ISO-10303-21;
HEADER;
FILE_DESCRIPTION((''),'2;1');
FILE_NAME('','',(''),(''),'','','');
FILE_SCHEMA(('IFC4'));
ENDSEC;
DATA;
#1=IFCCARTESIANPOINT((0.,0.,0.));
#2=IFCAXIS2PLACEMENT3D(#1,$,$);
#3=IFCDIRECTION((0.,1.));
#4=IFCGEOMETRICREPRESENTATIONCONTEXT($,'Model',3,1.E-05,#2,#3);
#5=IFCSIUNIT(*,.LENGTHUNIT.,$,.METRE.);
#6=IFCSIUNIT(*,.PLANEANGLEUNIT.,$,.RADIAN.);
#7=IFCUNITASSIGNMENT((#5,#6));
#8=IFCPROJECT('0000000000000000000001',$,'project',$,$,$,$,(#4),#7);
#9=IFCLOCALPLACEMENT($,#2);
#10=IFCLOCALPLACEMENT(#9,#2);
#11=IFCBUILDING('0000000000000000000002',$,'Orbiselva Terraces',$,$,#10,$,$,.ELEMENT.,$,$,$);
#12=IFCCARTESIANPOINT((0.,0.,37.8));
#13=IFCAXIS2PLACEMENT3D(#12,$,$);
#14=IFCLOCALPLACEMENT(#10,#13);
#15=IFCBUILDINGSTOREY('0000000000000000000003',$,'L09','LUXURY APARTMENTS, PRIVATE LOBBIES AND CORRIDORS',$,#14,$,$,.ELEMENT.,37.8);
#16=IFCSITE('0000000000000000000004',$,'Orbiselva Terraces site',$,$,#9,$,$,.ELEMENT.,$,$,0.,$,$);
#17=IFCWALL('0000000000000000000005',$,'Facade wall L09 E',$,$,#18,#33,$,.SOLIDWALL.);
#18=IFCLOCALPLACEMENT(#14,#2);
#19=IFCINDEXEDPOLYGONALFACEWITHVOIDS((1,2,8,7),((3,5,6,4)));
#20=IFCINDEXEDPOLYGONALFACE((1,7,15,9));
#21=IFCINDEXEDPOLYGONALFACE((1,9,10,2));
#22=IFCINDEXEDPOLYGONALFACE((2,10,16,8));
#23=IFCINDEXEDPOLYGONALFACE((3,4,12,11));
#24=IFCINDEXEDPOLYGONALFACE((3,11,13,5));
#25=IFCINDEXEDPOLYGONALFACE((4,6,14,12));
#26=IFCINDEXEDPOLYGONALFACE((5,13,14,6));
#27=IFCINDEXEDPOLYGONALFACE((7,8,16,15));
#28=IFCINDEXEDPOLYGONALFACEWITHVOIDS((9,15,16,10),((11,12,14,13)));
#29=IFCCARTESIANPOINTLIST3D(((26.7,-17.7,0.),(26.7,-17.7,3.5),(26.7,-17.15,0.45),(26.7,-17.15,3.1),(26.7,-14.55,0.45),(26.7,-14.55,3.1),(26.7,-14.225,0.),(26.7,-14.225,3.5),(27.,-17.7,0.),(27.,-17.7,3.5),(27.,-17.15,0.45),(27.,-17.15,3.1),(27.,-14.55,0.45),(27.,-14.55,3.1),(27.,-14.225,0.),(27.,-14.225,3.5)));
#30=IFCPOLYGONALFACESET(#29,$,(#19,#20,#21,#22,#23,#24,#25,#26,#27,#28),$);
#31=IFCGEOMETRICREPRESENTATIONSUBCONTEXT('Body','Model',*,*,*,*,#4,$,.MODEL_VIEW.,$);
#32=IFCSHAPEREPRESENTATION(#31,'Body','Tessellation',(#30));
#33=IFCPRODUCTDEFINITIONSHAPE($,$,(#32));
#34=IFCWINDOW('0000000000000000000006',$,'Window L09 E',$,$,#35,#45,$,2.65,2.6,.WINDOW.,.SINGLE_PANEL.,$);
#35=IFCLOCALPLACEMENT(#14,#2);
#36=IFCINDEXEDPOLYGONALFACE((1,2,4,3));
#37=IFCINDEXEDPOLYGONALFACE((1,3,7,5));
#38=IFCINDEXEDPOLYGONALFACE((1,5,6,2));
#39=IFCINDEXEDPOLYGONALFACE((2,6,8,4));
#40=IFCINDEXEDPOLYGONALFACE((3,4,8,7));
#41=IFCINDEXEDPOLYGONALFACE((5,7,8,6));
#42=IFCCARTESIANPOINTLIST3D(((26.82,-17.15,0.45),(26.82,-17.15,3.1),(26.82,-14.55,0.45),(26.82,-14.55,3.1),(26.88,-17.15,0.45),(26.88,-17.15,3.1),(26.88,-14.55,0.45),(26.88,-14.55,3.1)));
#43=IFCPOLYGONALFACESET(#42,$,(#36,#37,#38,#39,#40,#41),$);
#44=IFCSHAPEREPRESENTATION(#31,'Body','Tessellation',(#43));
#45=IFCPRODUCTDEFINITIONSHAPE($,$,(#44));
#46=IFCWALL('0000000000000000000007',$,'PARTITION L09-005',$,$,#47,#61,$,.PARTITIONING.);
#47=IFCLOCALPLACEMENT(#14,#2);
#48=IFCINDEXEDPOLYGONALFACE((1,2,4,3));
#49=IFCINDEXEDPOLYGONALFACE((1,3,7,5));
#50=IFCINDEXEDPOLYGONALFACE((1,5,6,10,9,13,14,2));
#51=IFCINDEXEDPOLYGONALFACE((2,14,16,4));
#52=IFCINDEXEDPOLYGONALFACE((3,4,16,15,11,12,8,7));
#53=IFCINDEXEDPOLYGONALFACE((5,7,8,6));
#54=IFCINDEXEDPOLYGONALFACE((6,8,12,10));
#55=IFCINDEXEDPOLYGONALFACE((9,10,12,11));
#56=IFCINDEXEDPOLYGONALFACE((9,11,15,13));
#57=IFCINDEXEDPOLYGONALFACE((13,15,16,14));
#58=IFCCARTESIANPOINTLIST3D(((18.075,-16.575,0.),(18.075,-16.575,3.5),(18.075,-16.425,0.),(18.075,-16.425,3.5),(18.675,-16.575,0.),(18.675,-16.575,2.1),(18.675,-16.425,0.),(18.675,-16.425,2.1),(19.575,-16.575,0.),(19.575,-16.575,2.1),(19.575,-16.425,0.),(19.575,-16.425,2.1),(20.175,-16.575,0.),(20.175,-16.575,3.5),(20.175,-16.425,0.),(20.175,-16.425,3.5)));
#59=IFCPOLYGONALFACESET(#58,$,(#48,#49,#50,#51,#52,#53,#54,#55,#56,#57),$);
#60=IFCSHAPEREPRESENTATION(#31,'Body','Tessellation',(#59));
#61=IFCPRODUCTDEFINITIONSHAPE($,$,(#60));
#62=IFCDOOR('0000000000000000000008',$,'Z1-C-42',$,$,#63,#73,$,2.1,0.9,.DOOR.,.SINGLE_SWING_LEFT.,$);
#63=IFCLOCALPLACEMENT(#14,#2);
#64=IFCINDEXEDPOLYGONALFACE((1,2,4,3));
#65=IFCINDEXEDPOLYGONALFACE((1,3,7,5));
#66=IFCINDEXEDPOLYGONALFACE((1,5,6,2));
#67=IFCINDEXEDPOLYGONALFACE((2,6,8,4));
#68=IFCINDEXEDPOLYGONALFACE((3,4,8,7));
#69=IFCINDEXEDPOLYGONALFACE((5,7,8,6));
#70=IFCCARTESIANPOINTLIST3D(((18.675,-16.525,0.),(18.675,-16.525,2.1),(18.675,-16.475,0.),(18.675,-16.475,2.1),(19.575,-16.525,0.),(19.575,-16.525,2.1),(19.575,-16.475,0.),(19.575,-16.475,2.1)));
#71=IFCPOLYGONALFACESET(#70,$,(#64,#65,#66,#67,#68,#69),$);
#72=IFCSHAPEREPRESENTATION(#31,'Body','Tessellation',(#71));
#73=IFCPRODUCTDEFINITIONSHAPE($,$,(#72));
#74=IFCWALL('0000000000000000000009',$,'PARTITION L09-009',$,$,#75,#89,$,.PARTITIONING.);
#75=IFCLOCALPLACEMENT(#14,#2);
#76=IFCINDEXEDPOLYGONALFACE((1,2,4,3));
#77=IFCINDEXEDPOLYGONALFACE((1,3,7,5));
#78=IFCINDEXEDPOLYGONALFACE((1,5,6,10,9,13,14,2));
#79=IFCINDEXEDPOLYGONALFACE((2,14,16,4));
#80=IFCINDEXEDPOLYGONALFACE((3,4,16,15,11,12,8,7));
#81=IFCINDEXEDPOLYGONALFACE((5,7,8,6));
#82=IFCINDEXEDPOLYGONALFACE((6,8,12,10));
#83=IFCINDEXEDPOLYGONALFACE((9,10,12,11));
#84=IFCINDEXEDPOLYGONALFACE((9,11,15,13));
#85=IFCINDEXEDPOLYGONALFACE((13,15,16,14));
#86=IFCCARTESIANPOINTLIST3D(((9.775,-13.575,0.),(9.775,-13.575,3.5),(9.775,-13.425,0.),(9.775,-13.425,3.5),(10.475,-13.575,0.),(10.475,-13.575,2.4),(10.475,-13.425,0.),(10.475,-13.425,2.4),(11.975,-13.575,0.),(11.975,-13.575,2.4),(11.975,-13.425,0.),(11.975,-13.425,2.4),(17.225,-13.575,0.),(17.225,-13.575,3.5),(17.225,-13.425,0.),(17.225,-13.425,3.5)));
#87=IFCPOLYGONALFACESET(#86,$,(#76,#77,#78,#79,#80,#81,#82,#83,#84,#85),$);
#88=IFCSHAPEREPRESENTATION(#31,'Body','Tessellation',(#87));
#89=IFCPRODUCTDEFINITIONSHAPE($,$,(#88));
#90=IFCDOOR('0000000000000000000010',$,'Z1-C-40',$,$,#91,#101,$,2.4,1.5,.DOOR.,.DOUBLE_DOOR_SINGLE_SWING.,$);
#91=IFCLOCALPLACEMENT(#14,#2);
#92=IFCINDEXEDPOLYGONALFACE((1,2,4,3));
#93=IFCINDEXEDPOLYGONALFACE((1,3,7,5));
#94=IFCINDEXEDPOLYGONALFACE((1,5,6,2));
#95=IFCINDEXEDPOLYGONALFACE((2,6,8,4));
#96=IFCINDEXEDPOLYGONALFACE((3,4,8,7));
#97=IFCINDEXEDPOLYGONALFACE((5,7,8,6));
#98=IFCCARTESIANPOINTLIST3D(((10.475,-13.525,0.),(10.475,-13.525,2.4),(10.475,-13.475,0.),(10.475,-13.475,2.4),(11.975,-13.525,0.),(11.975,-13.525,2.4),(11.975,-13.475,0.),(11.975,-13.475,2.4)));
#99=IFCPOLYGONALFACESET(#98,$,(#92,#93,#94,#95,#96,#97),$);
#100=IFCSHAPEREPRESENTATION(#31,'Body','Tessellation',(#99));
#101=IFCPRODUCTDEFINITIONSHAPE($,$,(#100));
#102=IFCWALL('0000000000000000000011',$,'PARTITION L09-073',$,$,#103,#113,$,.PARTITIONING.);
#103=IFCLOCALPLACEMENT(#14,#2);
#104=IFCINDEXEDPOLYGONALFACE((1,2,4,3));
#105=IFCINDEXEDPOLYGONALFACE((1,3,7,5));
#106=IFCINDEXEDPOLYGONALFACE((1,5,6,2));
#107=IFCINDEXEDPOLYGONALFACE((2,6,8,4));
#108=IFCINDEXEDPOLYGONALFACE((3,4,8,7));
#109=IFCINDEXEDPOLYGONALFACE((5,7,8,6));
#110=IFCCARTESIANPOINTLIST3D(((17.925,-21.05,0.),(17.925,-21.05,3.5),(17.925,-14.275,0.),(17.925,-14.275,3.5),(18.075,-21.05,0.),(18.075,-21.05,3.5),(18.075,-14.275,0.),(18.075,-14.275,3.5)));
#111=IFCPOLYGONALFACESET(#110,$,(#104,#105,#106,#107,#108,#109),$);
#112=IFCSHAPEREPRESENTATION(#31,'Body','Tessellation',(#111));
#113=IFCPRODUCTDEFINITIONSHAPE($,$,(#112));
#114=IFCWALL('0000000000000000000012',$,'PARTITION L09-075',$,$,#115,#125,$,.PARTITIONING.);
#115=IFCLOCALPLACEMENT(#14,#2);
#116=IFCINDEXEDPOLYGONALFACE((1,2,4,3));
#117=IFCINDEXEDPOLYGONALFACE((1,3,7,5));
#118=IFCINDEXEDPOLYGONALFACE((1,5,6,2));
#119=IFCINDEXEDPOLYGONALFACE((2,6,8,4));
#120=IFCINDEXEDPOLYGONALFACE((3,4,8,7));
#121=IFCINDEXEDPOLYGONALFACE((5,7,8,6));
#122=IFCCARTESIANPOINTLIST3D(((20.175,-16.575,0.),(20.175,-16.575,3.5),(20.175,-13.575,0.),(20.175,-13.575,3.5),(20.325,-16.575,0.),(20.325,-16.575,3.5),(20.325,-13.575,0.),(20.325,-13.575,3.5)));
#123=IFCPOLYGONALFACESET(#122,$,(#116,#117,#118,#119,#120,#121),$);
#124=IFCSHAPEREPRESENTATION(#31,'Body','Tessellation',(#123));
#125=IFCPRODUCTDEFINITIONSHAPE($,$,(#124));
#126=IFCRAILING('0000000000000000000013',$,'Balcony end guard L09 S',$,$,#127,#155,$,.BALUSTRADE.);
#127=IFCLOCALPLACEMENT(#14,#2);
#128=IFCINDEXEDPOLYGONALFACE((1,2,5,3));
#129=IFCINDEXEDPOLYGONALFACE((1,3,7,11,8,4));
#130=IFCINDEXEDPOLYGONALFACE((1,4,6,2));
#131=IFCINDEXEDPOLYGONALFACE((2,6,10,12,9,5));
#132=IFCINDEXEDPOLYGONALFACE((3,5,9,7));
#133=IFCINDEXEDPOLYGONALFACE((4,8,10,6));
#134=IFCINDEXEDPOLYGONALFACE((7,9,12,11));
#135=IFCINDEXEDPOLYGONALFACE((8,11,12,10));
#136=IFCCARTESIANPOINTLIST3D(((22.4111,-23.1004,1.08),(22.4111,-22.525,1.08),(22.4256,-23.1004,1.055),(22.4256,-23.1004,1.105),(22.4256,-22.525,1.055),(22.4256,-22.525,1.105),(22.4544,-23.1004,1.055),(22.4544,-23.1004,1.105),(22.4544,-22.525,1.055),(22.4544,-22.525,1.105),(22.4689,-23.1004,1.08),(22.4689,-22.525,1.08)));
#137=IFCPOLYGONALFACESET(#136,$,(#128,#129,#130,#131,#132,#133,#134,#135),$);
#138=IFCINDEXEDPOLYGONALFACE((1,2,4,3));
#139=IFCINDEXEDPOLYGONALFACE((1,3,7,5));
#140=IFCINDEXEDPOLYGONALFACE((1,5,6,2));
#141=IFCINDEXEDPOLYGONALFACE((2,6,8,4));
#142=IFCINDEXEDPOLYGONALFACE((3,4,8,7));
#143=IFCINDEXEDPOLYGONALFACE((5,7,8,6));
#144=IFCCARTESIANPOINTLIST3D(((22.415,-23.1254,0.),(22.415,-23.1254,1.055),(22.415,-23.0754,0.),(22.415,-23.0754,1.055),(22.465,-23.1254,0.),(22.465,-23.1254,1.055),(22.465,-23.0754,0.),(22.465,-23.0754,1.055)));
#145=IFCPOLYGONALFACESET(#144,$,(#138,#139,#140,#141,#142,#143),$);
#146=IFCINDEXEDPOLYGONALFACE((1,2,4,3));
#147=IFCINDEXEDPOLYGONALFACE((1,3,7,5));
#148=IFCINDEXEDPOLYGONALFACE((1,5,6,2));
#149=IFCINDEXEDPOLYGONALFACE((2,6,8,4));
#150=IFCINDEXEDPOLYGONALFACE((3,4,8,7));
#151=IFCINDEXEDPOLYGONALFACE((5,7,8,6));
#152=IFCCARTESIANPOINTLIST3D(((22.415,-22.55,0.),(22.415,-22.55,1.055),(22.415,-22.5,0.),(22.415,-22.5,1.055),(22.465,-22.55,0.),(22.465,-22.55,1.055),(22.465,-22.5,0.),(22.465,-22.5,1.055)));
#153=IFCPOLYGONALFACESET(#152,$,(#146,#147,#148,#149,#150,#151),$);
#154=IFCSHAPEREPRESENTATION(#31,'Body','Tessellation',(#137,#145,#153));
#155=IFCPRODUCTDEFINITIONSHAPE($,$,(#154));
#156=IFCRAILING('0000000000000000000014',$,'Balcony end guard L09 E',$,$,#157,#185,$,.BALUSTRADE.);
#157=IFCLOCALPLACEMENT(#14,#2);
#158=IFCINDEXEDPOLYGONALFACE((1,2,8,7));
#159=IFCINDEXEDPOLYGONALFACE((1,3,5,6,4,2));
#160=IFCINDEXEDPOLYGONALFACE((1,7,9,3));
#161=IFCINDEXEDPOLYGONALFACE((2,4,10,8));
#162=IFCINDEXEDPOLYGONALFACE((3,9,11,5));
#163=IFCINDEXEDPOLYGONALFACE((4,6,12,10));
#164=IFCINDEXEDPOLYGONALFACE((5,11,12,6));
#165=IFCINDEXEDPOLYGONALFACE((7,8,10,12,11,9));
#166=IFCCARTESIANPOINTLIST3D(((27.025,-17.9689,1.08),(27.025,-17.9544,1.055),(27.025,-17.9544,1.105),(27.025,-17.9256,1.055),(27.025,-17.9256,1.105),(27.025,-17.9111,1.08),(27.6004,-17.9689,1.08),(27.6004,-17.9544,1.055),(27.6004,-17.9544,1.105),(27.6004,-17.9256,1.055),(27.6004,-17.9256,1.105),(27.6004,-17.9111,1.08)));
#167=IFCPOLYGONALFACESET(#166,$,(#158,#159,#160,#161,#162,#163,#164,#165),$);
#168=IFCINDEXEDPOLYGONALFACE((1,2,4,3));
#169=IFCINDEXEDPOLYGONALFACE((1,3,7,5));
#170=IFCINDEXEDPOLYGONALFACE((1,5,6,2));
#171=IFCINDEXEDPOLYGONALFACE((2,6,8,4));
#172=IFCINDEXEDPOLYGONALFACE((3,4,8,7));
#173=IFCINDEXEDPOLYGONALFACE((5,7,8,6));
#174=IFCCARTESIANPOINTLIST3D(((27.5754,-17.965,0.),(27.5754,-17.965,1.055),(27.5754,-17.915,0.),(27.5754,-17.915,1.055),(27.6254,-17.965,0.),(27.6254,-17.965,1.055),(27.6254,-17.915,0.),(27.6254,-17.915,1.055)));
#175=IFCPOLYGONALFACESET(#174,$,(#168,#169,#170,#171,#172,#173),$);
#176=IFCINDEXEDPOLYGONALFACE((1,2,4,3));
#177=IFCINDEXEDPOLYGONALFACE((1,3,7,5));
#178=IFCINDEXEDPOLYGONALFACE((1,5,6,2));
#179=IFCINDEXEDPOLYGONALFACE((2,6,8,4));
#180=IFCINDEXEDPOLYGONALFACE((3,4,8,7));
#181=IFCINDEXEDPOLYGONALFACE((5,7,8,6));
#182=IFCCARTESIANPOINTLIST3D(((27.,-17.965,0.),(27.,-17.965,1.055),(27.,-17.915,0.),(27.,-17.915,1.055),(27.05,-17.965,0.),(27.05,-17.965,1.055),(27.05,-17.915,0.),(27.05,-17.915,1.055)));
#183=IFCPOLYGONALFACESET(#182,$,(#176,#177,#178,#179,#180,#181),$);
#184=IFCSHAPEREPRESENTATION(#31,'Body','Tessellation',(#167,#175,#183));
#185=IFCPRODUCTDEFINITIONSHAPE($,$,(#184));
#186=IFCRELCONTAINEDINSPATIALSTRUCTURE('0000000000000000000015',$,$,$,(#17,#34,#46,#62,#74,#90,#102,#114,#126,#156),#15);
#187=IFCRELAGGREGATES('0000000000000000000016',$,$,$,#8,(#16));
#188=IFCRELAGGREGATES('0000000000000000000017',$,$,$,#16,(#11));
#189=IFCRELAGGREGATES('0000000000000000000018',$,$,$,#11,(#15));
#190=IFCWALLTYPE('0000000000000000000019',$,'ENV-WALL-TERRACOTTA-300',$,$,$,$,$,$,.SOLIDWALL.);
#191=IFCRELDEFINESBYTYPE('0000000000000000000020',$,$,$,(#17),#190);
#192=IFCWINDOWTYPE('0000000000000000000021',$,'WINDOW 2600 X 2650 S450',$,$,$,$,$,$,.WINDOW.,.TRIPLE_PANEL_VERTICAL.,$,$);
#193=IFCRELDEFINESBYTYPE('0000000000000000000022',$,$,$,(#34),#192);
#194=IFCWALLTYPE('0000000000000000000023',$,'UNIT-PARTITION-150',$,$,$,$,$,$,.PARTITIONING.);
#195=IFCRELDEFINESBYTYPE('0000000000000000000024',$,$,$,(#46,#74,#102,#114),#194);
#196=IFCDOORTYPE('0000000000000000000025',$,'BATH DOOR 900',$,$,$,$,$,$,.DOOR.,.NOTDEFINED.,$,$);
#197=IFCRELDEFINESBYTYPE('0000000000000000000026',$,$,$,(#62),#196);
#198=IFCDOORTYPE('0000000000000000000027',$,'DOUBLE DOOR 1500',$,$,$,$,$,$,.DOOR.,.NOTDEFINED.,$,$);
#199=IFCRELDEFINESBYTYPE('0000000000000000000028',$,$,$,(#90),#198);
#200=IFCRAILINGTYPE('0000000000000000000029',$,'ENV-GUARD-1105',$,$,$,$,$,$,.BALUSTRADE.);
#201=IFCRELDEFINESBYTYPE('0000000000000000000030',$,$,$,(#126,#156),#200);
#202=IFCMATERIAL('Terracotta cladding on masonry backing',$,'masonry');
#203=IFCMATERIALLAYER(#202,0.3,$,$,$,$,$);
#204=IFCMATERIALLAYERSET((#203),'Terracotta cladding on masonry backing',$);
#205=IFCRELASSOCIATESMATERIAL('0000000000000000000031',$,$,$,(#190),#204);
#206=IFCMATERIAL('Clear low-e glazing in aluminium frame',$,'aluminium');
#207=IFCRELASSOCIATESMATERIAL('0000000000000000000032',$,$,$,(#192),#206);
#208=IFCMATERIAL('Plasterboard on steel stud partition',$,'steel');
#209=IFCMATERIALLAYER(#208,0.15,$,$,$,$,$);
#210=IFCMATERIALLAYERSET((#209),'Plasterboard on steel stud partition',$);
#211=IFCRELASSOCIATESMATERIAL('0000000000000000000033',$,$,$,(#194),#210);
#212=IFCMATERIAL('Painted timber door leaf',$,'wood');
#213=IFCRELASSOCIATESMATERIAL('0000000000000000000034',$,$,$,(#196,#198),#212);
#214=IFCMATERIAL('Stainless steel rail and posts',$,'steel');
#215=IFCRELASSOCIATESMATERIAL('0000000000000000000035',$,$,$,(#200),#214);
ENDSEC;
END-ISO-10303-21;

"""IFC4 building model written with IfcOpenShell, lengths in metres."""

from ifc_helpers import new_model, si_unit, direction, frame, frame_2d, origin, origin_2d, place, context, subcontext, project, spatial, polyline, rectangle, outline, extrude, material, layer, layer_set, type_object, element, fill, save


model = new_model("IFC4")

# Units and contexts
model_context = context("Model", 3, precision=1e-05, world=origin(), true_north=direction((0.0, 1.0)))
body_context = subcontext(model_context, "Body", "Model", "MODEL_VIEW")
ifc_project = project(units=[si_unit("LENGTHUNIT", "METRE"), si_unit("PLANEANGLEUNIT", "RADIAN")], contexts=[model_context])

# Site, building, storey
site_placement = place(None, origin())
site = spatial("IfcSite", under=ifc_project, at=site_placement, Name="Orbiselva Terraces site", CompositionType="ELEMENT", RefElevation=0.0)
building_placement = place(site_placement, origin())
building = spatial("IfcBuilding", under=site, at=building_placement, Name="Orbiselva Terraces", CompositionType="ELEMENT")
storey_placement = place(building_placement, frame((0.0, 0.0, 37.8)))
storey = spatial("IfcBuildingStorey", under=building, at=storey_placement, Name="L09", Description="LUXURY APARTMENTS, PRIVATE LOBBIES AND CORRIDORS", CompositionType="ELEMENT", Elevation=37.8)

# Shared definitions
ifc_material_1 = material(Name="Terracotta cladding on masonry backing", Category="masonry")
ifc_layer_1 = layer(ifc_material_1, 0.3)
ifc_layer_set_1 = layer_set([ifc_layer_1], Name="Terracotta cladding on masonry backing")
wall_type_1 = type_object("IfcWallType", Name="ENV-WALL-TERRACOTTA-300", PredefinedType="SOLIDWALL", material=ifc_layer_set_1)
ifc_material_2 = material(Name="Clear low-e glazing in aluminium frame", Category="aluminium")
window_type = type_object("IfcWindowType", Name="WINDOW 2600 X 2650 S450", PartitioningType="TRIPLE_PANEL_VERTICAL", PredefinedType="WINDOW", material=ifc_material_2)

# Wall, opening, window
wall_1_placement = place(storey_placement, frame((26.85, -14.225, 0.0), z_axis=(0.0, 0.0, 1.0), x_axis=(0.0, -1.0, 0.0)))
wall_1 = element("IfcWall", 1, at=wall_1_placement, inside=storey, type_object=wall_type_1, Name="Facade wall L09 E", PredefinedType="SOLIDWALL", context=body_context, shape_type="SweptSolid", body=[
    extrude(rectangle(XDim=3.475, YDim=0.3, at=frame_2d((1.7375, 0.0))), origin(), (0.0, 0.0, 1.0), 3.5),
])
opening_1_placement = place(wall_1_placement, frame((0.325, 0.0, 0.45)))
opening_1 = element("IfcOpeningElement", 2, at=opening_1_placement, cuts=wall_1, PredefinedType="OPENING", context=body_context, shape_type="SweptSolid", body=[
    extrude(rectangle(XDim=2.6, YDim=2.65, at=frame_2d((1.3, 1.325))), frame((0.0, 0.16, 0.0), z_axis=(0.0, -1.0, 0.0), x_axis=(1.0, 0.0, 0.0)), (0.0, 0.0, 1.0), 0.32),
])
window_1_placement = place(opening_1_placement, origin())
window_1 = element("IfcWindow", 3, at=window_1_placement, inside=storey, type_object=window_type, Name="Window L09 E", OverallHeight=2.65, OverallWidth=2.6, PartitioningType="SINGLE_PANEL", PredefinedType="WINDOW", context=body_context, shape_type="SweptSolid", body=[
    extrude(rectangle(XDim=2.6, YDim=2.65, at=frame_2d((1.3, 1.325))), frame((0.0, 0.03, 0.0), z_axis=(0.0, -1.0, 0.0), x_axis=(1.0, 0.0, 0.0)), (0.0, 0.0, 1.0), 0.06),
])
fill(opening_1, window_1)

# Walls, openings, doors
ifc_material_3 = material(Name="Plasterboard on steel stud partition", Category="steel")
ifc_layer_2 = layer(ifc_material_3, 0.15)
ifc_layer_set_2 = layer_set([ifc_layer_2], Name="Plasterboard on steel stud partition")
wall_type_2 = type_object("IfcWallType", Name="UNIT-PARTITION-150", PredefinedType="PARTITIONING", material=ifc_layer_set_2)
wall_2_placement = place(storey_placement, frame((18.075, -16.5, 0.0), z_axis=(0.0, 0.0, 1.0), x_axis=(1.0, 0.0, 0.0)))
wall_2 = element("IfcWall", 4, at=wall_2_placement, inside=storey, type_object=wall_type_2, Name="PARTITION L09-005", PredefinedType="PARTITIONING", context=body_context, shape_type="SweptSolid", body=[
    extrude(rectangle(XDim=2.1, YDim=0.15, at=frame_2d((1.05, 0.0))), origin(), (0.0, 0.0, 1.0), 3.5),
])
opening_2_placement = place(wall_2_placement, frame((0.6, 0.0, 0.0)))
opening_2 = element("IfcOpeningElement", 5, at=opening_2_placement, cuts=wall_2, PredefinedType="OPENING", context=body_context, shape_type="SweptSolid", body=[
    extrude(rectangle(XDim=0.9, YDim=2.1, at=frame_2d((0.45, 1.05))), frame((0.0, 0.085, 0.0), z_axis=(0.0, -1.0, 0.0), x_axis=(1.0, 0.0, 0.0)), (0.0, 0.0, 1.0), 0.17),
])
ifc_material_4 = material(Name="Painted timber door leaf", Category="wood")
door_type_1 = type_object("IfcDoorType", Name="BATH DOOR 900", OperationType="NOTDEFINED", PredefinedType="DOOR", material=ifc_material_4)
door_1_placement = place(opening_2_placement, origin())
door_1 = element("IfcDoor", 6, at=door_1_placement, inside=storey, type_object=door_type_1, Name="Z1-C-42", OperationType="SINGLE_SWING_LEFT", OverallHeight=2.1, OverallWidth=0.9, PredefinedType="DOOR", context=body_context, shape_type="SweptSolid", body=[
    extrude(rectangle(XDim=0.9, YDim=2.1, at=frame_2d((0.45, 1.05))), frame((0.0, 0.025, 0.0), z_axis=(0.0, -1.0, 0.0), x_axis=(1.0, 0.0, 0.0)), (0.0, 0.0, 1.0), 0.05),
])
fill(opening_2, door_1)
wall_3_placement = place(storey_placement, frame((17.225, -13.5, 0.0), z_axis=(0.0, 0.0, 1.0), x_axis=(-1.0, 0.0, 0.0)))
wall_3 = element("IfcWall", 7, at=wall_3_placement, inside=storey, type_object=wall_type_2, Name="PARTITION L09-009", PredefinedType="PARTITIONING", context=body_context, shape_type="SweptSolid", body=[
    extrude(rectangle(XDim=7.45, YDim=0.15, at=frame_2d((3.725, 0.0))), origin(), (0.0, 0.0, 1.0), 3.5),
])
opening_3_placement = place(wall_3_placement, frame((5.25, 0.0, 0.0)))
opening_3 = element("IfcOpeningElement", 8, at=opening_3_placement, cuts=wall_3, PredefinedType="OPENING", context=body_context, shape_type="SweptSolid", body=[
    extrude(rectangle(XDim=1.5, YDim=2.4, at=frame_2d((0.75, 1.2))), frame((0.0, 0.085, 0.0), z_axis=(0.0, -1.0, 0.0), x_axis=(1.0, 0.0, 0.0)), (0.0, 0.0, 1.0), 0.17),
])
door_type_2 = type_object("IfcDoorType", Name="DOUBLE DOOR 1500", OperationType="NOTDEFINED", PredefinedType="DOOR", material=ifc_material_4)
door_2_placement = place(opening_3_placement, origin())
door_2 = element("IfcDoor", 9, at=door_2_placement, inside=storey, type_object=door_type_2, Name="Z1-C-40", OperationType="DOUBLE_DOOR_SINGLE_SWING", OverallHeight=2.4, OverallWidth=1.5, PredefinedType="DOOR", context=body_context, shape_type="SweptSolid", body=[
    extrude(rectangle(XDim=1.5, YDim=2.4, at=frame_2d((0.75, 1.2))), frame((0.0, 0.025, 0.0), z_axis=(0.0, -1.0, 0.0), x_axis=(1.0, 0.0, 0.0)), (0.0, 0.0, 1.0), 0.05),
])
fill(opening_3, door_2)

# Walls
wall_4_placement = place(storey_placement, frame((18.0, -21.05, 0.0), z_axis=(0.0, 0.0, 1.0), x_axis=(0.0, 1.0, 0.0)))
element("IfcWall", 10, at=wall_4_placement, inside=storey, type_object=wall_type_2, Name="PARTITION L09-073", PredefinedType="PARTITIONING", context=body_context, shape_type="SweptSolid", body=[
    extrude(rectangle(XDim=6.775, YDim=0.15, at=frame_2d((3.3875, 0.0))), origin(), (0.0, 0.0, 1.0), 3.5),
])
wall_5_placement = place(storey_placement, frame((20.25, -16.575, 0.0), z_axis=(0.0, 0.0, 1.0), x_axis=(0.0, 1.0, 0.0)))
element("IfcWall", 11, at=wall_5_placement, inside=storey, type_object=wall_type_2, Name="PARTITION L09-075", PredefinedType="PARTITIONING", context=body_context, shape_type="SweptSolid", body=[
    extrude(rectangle(XDim=3.0, YDim=0.15, at=frame_2d((1.5, 0.0))), origin(), (0.0, 0.0, 1.0), 3.5),
])

# Railings
ifc_material_5 = material(Name="Stainless steel rail and posts", Category="steel")
railing_type_1 = type_object("IfcRailingType", Name="ENV-GUARD-1105", PredefinedType="BALUSTRADE", material=ifc_material_5)
railing_1_placement = place(storey_placement, frame((22.44, -23.1004, 0.0)))
element("IfcRailing", 12, at=railing_1_placement, inside=storey, type_object=railing_type_1, Name="Balcony end guard L09 S", PredefinedType="BALUSTRADE", context=body_context, shape_type="SweptSolid", body=[
    extrude(outline(polyline([(0.0289, 0.0), (0.0144, 0.025), (-0.0144, 0.025), (-0.0289, 0.0), (-0.0144, -0.025), (0.0144, -0.025), (0.0289, 0.0)])), frame((0.0, 0.0, 1.08), z_axis=(0.0, 1.0, 0.0), x_axis=(-1.0, 0.0, 0.0)), (0.0, 0.0, 1.0), 0.5754),
    extrude(rectangle(XDim=0.05, YDim=0.05, at=origin_2d()), origin(), (0.0, 0.0, 1.0), 1.055),
    extrude(rectangle(XDim=0.05, YDim=0.05, at=origin_2d()), frame((0.0, 0.5754, 0.0)), (0.0, 0.0, 1.0), 1.055),
])
railing_2_placement = place(storey_placement, frame((27.6004, -17.94, 0.0)))
element("IfcRailing", 13, at=railing_2_placement, inside=storey, type_object=railing_type_1, Name="Balcony end guard L09 E", PredefinedType="BALUSTRADE", context=body_context, shape_type="SweptSolid", body=[
    extrude(outline(polyline([(0.0289, 0.0), (0.0144, 0.025), (-0.0144, 0.025), (-0.0289, 0.0), (-0.0144, -0.025), (0.0144, -0.025), (0.0289, 0.0)])), frame((0.0, 0.0, 1.08), z_axis=(-1.0, 0.0, 0.0), x_axis=(0.0, -1.0, 0.0)), (0.0, 0.0, 1.0), 0.5754),
    extrude(rectangle(XDim=0.05, YDim=0.05, at=origin_2d()), origin(), (0.0, 0.0, 1.0), 1.055),
    extrude(rectangle(XDim=0.05, YDim=0.05, at=origin_2d()), frame((-0.5754, 0.0, 0.0)), (0.0, 0.0, 1.0), 1.055),
])

save(model, "model.ifc")
